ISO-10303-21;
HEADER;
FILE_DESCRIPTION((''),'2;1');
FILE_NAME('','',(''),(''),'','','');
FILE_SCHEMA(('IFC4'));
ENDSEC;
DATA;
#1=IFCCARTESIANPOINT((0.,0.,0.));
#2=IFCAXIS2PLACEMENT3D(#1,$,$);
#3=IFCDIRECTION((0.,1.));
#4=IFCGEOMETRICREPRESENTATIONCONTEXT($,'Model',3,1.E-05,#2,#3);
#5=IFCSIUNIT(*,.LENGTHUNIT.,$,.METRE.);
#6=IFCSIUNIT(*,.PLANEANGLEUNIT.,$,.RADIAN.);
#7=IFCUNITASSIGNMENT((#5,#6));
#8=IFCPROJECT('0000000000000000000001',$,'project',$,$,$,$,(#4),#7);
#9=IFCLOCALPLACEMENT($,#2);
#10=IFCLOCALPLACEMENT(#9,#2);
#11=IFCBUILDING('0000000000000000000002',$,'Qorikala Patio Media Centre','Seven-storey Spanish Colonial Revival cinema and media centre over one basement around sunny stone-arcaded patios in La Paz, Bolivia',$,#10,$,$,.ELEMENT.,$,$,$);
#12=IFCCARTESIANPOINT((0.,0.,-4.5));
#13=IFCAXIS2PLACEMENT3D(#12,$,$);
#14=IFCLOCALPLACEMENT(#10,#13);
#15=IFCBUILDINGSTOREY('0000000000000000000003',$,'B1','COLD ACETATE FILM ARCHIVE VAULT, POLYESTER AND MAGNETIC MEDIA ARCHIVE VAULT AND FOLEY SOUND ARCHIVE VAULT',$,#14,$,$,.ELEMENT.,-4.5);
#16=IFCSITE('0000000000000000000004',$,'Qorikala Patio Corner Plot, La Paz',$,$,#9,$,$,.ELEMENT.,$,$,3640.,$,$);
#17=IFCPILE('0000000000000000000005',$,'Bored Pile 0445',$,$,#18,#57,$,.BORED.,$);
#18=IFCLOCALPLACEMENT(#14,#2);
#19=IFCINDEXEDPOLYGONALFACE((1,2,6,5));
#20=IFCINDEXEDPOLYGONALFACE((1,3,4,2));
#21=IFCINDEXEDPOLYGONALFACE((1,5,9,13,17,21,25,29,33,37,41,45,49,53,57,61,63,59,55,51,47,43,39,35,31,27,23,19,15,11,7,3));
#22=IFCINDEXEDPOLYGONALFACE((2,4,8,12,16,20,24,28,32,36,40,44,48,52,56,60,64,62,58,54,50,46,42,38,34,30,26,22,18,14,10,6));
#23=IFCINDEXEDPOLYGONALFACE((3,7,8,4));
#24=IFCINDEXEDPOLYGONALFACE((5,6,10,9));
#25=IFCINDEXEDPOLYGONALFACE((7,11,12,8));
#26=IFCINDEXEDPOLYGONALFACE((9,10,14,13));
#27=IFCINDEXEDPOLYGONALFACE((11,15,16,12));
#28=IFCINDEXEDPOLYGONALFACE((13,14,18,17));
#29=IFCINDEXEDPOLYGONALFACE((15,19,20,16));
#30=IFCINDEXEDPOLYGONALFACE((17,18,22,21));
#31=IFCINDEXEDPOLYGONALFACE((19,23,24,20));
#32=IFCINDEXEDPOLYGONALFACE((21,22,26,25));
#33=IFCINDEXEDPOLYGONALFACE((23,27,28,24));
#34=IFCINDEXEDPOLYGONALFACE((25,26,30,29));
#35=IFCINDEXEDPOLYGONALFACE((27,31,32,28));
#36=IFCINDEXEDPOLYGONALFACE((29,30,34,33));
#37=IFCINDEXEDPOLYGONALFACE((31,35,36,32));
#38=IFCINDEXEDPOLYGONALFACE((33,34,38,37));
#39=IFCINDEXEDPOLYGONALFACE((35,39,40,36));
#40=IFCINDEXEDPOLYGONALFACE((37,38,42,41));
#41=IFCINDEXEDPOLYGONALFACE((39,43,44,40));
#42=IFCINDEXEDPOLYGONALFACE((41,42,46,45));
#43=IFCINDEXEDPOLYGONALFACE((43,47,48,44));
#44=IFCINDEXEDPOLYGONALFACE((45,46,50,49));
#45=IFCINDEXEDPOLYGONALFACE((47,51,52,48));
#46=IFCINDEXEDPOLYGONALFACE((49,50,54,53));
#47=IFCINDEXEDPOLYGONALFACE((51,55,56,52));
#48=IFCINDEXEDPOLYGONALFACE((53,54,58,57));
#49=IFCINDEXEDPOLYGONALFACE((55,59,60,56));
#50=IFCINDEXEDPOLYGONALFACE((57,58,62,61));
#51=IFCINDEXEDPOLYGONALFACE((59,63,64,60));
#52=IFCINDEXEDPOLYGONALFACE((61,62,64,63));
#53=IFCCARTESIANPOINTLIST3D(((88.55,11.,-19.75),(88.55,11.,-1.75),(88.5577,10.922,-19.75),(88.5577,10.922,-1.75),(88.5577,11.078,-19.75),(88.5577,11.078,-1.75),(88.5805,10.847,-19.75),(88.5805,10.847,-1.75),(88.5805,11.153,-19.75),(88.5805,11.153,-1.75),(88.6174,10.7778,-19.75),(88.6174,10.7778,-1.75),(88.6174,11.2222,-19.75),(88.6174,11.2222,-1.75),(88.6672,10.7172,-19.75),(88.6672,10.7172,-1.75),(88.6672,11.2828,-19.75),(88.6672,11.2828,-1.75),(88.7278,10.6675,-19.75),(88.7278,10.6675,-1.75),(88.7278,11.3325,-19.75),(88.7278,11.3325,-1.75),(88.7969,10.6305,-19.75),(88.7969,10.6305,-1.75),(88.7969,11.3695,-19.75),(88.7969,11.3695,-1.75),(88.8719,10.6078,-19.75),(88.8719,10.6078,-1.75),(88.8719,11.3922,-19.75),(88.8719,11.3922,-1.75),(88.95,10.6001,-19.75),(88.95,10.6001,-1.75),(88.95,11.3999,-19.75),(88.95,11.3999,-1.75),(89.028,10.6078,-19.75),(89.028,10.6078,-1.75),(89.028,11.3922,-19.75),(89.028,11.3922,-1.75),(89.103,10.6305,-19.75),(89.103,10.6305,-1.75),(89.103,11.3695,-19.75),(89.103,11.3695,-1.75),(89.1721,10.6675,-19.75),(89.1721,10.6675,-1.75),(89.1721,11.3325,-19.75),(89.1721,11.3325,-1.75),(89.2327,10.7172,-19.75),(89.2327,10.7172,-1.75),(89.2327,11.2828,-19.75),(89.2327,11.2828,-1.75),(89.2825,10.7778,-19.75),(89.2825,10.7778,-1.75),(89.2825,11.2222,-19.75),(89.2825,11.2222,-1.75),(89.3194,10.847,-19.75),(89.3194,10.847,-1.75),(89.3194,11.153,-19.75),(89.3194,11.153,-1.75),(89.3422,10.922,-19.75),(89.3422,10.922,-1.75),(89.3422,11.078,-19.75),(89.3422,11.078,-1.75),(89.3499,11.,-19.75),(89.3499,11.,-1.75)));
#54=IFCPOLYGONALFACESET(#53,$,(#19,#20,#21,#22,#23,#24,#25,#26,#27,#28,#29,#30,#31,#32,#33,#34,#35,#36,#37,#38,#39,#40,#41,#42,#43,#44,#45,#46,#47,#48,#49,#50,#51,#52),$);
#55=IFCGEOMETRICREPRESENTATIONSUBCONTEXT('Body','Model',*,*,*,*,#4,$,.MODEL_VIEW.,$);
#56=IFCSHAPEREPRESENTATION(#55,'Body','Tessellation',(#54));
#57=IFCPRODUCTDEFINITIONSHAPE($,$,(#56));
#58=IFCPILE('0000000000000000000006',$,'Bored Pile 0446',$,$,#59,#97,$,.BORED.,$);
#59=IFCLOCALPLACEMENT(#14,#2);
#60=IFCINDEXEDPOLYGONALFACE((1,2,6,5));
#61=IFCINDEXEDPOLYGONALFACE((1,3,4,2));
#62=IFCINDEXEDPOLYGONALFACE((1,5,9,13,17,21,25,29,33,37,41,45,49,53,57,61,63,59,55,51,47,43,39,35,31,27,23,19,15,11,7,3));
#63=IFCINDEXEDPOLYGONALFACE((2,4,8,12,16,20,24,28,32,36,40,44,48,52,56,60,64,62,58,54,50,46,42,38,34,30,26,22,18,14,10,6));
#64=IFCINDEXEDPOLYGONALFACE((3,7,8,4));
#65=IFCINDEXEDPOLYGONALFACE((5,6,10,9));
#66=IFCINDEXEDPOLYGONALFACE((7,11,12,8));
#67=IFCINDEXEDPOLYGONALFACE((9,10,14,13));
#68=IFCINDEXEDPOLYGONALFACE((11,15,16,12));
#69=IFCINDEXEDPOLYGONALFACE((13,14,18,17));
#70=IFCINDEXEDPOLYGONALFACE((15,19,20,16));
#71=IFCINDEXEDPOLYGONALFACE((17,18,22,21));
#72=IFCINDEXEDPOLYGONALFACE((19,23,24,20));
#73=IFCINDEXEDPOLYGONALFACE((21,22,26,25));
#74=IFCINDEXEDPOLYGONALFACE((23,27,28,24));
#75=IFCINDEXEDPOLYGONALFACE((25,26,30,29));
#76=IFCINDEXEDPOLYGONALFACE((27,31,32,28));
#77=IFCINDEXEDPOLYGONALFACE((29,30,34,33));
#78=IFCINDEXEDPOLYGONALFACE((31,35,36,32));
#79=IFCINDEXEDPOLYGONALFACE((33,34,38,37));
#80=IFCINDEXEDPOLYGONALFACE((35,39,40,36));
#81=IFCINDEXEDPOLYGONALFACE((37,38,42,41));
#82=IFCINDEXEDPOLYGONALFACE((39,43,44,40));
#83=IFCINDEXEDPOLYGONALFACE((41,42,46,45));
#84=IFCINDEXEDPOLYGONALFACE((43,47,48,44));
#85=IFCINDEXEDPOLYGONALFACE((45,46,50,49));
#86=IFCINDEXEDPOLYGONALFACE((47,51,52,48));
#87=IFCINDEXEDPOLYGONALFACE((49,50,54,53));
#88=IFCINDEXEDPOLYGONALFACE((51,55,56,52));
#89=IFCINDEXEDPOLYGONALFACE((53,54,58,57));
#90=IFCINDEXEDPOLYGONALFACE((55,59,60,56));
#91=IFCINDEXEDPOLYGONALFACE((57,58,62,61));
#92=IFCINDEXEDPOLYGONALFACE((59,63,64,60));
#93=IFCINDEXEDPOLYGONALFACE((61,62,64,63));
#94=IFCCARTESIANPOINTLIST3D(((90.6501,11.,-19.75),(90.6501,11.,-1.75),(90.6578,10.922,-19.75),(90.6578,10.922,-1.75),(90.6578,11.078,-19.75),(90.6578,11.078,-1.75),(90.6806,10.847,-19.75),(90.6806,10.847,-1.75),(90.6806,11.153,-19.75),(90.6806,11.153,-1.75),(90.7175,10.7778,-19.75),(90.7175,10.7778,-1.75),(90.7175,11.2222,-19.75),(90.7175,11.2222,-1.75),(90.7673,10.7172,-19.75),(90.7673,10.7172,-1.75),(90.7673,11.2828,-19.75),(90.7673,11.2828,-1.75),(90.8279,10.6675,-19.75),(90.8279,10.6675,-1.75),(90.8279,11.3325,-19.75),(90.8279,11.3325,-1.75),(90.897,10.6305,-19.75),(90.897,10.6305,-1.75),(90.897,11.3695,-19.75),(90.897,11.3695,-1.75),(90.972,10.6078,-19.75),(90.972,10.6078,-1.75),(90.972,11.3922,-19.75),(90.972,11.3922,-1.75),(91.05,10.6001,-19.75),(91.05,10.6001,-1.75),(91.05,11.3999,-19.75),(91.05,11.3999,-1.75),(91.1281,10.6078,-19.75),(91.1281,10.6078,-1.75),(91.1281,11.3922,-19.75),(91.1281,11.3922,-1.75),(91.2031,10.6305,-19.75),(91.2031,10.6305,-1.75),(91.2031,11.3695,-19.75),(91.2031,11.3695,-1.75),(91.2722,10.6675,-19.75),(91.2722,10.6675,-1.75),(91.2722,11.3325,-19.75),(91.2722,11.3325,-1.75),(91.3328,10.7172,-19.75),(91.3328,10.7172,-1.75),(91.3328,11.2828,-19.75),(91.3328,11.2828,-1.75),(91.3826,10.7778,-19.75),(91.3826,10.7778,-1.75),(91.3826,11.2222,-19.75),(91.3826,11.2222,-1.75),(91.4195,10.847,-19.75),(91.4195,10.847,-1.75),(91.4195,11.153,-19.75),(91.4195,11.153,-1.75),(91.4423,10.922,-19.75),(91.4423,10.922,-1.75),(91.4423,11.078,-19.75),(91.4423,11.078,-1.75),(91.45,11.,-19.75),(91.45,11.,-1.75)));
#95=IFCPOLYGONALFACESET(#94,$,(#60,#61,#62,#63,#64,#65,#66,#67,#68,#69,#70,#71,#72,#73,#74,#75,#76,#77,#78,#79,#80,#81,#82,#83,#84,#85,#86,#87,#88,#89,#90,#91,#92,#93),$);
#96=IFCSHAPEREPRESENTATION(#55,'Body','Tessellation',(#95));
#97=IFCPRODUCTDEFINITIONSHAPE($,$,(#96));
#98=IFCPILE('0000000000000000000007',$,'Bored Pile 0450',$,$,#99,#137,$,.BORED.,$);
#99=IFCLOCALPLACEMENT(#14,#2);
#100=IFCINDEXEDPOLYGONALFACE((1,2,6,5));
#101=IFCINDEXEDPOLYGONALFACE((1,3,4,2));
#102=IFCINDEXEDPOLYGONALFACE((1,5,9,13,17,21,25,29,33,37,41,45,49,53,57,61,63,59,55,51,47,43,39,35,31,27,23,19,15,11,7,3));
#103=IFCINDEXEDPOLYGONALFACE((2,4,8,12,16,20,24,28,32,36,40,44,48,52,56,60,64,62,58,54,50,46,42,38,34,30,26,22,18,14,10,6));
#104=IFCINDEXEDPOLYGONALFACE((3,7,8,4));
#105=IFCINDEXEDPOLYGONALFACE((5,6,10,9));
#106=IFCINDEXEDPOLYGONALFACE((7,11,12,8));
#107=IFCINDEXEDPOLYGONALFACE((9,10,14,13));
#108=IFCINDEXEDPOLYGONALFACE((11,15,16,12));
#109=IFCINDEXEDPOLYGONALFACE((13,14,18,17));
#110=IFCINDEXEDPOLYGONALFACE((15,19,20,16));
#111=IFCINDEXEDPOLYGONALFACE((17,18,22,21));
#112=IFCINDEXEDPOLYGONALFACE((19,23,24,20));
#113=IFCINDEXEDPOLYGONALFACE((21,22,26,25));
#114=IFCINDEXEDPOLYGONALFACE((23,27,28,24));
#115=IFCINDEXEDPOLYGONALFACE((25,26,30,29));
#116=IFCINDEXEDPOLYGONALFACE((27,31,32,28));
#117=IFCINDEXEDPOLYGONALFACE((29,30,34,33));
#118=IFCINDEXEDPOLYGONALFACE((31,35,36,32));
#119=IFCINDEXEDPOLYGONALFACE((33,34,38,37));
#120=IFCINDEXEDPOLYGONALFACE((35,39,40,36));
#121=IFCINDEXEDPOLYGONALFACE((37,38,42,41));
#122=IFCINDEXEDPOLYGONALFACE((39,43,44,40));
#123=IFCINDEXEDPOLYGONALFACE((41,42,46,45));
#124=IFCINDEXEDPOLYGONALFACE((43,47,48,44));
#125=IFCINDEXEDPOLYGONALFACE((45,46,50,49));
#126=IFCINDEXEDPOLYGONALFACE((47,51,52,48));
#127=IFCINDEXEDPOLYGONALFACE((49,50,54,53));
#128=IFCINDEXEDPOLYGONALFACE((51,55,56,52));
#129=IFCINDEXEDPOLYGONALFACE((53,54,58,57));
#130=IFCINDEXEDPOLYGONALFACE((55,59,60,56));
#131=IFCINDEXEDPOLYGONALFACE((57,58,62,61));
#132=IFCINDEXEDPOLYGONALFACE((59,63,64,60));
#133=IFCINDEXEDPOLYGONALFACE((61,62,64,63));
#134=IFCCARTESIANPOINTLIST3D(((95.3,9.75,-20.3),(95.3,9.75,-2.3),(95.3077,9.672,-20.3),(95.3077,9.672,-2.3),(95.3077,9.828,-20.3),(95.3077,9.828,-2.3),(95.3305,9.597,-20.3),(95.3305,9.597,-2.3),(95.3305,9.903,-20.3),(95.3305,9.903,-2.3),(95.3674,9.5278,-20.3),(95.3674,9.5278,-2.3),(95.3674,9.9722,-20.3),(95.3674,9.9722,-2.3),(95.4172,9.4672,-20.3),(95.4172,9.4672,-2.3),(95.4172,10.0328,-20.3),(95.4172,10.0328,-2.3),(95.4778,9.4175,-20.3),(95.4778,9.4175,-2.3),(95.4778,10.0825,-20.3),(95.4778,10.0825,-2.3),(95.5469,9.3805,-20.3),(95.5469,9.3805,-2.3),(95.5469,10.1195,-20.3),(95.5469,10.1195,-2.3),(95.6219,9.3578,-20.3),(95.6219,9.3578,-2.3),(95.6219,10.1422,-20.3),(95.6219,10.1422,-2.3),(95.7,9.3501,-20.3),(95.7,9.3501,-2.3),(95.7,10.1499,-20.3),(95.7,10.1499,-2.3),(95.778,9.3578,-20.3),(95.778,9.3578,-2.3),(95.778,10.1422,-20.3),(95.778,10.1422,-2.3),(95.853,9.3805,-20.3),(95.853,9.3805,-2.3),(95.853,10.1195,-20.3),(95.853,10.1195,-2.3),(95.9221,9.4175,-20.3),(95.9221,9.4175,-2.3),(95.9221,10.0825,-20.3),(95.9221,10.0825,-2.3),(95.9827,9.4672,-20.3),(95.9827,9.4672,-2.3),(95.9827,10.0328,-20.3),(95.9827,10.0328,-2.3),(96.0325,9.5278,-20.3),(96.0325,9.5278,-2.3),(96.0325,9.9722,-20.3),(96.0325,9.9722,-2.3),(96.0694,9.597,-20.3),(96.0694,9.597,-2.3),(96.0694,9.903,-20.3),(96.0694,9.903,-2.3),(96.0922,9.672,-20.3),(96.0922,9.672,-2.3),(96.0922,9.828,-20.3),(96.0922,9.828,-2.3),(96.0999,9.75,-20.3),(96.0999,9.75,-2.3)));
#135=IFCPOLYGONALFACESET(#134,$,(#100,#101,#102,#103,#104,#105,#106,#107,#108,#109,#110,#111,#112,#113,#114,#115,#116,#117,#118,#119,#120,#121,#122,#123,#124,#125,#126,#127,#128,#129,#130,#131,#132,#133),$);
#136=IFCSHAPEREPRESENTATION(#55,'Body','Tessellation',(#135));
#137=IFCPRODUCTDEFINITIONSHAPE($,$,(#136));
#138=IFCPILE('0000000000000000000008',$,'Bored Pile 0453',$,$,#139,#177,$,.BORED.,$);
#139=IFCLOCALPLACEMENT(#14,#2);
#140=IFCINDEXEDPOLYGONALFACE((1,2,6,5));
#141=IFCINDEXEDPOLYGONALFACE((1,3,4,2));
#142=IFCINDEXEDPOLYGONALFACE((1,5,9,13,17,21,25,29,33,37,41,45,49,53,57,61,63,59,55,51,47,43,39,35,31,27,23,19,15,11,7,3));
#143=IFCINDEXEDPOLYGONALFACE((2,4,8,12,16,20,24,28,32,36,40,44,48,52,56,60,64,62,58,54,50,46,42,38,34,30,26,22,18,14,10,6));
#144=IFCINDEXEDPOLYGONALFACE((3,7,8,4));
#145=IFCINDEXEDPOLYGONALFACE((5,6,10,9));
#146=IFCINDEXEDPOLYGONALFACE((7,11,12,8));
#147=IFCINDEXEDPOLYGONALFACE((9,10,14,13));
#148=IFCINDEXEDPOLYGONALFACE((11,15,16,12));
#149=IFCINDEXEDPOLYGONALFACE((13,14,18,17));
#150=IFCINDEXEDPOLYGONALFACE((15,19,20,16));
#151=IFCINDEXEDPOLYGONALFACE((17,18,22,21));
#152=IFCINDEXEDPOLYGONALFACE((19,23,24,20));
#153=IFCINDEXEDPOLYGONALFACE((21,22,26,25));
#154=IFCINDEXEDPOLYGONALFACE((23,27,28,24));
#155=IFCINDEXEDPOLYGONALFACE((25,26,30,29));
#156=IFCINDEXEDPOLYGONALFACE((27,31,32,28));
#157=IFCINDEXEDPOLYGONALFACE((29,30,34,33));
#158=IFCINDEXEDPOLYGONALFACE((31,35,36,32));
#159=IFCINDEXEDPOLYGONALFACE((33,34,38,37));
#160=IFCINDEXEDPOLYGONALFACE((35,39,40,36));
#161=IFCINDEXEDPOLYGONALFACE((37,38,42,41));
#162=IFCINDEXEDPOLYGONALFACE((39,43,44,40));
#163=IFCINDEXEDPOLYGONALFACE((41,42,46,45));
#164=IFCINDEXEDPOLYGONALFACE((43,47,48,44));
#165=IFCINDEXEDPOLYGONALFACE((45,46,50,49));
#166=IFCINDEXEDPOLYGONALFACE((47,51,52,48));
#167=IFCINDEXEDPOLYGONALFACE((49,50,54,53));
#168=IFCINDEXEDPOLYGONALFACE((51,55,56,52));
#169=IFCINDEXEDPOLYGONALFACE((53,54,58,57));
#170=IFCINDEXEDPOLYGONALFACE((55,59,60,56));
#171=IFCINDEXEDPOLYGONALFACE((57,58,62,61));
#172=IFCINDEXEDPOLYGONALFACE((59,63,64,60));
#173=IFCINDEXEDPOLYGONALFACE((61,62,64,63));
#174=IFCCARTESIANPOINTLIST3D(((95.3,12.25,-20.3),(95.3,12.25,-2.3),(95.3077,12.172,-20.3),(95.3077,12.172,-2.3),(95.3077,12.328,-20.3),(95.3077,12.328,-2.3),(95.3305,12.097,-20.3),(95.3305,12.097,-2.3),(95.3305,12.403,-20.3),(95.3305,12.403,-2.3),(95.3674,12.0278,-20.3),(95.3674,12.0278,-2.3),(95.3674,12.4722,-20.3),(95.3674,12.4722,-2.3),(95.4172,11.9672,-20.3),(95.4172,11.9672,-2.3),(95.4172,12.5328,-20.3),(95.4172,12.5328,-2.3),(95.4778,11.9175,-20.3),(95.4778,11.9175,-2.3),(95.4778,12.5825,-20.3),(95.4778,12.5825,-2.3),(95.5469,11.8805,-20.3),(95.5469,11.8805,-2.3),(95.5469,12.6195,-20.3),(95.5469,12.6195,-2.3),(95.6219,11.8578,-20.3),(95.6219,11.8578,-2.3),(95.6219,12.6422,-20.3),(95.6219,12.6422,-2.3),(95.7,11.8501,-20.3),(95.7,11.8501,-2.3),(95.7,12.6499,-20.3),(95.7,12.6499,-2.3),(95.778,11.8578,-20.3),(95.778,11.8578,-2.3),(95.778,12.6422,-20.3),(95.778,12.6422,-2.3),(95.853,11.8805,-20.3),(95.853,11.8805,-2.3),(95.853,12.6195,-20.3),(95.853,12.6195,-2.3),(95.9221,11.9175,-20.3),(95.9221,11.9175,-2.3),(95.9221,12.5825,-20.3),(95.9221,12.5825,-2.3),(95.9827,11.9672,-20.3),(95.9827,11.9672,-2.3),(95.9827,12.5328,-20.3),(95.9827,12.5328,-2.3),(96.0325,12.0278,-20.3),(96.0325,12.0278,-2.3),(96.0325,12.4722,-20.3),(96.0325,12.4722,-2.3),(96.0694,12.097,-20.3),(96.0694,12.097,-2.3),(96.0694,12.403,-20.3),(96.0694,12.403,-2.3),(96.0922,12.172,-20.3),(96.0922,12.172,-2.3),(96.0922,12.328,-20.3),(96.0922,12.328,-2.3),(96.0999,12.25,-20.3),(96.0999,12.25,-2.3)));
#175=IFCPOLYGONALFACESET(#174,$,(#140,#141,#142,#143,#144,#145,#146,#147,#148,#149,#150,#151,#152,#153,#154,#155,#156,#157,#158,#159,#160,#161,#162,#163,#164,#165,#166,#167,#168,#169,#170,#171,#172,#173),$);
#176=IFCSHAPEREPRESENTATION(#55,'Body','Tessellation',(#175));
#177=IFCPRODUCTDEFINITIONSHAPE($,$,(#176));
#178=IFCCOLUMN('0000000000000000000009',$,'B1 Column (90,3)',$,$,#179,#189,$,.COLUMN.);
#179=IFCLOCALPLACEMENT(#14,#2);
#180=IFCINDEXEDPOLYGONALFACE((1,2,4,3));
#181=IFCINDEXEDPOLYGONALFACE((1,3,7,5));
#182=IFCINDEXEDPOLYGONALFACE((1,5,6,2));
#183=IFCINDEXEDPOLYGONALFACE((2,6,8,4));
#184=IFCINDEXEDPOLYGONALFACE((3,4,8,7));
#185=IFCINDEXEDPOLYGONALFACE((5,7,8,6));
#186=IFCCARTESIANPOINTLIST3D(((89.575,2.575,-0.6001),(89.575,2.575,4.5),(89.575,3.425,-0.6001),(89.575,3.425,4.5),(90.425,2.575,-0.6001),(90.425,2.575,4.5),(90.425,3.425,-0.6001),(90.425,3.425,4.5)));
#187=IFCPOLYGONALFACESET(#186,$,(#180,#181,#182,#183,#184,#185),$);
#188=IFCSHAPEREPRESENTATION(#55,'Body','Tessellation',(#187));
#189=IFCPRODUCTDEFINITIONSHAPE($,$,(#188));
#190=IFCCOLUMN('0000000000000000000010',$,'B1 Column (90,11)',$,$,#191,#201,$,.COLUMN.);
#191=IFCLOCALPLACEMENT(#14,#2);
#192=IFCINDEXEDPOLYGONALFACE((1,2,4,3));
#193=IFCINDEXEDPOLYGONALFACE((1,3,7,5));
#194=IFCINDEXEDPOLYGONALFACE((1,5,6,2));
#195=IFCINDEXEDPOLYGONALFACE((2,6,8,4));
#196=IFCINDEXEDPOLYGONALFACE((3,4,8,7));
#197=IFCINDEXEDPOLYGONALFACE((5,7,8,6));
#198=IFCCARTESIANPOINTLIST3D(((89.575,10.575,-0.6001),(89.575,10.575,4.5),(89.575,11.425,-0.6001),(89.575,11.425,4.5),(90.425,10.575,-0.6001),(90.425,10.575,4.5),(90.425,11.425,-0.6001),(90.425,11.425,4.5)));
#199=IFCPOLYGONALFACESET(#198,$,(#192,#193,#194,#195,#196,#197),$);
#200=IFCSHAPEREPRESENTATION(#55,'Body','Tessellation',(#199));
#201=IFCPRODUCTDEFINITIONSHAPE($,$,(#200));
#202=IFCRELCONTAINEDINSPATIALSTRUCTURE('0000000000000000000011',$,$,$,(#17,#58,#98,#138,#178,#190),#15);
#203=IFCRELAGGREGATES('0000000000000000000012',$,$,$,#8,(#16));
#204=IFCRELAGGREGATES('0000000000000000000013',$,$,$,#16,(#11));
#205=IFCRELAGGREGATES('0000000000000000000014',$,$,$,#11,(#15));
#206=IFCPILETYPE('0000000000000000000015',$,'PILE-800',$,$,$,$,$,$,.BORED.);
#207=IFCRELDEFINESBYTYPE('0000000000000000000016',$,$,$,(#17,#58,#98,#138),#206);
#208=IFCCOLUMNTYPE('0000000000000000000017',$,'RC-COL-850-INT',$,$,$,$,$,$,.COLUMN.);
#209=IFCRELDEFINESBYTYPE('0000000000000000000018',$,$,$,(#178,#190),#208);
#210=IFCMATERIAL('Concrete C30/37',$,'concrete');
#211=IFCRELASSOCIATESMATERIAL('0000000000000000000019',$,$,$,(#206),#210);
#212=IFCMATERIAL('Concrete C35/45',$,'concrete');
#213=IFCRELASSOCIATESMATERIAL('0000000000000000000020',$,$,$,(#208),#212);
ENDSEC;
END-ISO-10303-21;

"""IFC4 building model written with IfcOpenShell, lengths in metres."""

from ifc_helpers import new_model, si_unit, direction, frame, origin, origin_2d, place, context, subcontext, project, spatial, rectangle, circle, extrude, material, material_profile, profile_set, type_object, element, save


model = new_model("IFC4")

# Units and contexts
model_context = context("Model", 3, precision=1e-05, world=origin(), true_north=direction((0.0, 1.0)))
body_context = subcontext(model_context, "Body", "Model", "MODEL_VIEW")
ifc_project = project(units=[si_unit("LENGTHUNIT", "METRE"), si_unit("PLANEANGLEUNIT", "RADIAN")], contexts=[model_context])

# Site, building, storey
site_placement = place(None, origin())
site = spatial("IfcSite", under=ifc_project, at=site_placement, Name="Qorikala Patio Corner Plot, La Paz", CompositionType="ELEMENT", RefElevation=3640.0)
building_placement = place(site_placement, origin())
building = spatial("IfcBuilding", under=site, at=building_placement, Name="Qorikala Patio Media Centre", Description="Seven-storey Spanish Colonial Revival cinema and media centre over one basement around sunny stone-arcaded patios in La Paz, Bolivia", CompositionType="ELEMENT")
storey_placement = place(building_placement, frame((0.0, 0.0, -4.5)))
storey = spatial("IfcBuildingStorey", under=building, at=storey_placement, Name="B1", Description="COLD ACETATE FILM ARCHIVE VAULT, POLYESTER AND MAGNETIC MEDIA ARCHIVE VAULT AND FOLEY SOUND ARCHIVE VAULT", CompositionType="ELEMENT", Elevation=-4.5)

# Shared definitions
ifc_material_1 = material(Name="Concrete C30/37", Category="concrete")

# Piles
ifc_material_profile_1 = material_profile(ifc_material_1, circle(Radius=0.3999, at=origin_2d()), Name="BORED PILE 800")
ifc_profile_set_1 = profile_set([ifc_material_profile_1], Name="Concrete C30/37")
pile_type = type_object("IfcPileType", Name="PILE-800", PredefinedType="BORED", material=ifc_profile_set_1)
for number, where, z_axis, x_axis, name in (
    (1, (88.95, 11.0, -1.75), (0.0, 0.0, -1.0), (1.0, 0.0, 0.0), "Bored Pile 0445"),
    (2, (91.05, 11.0, -1.75), (0.0, 0.0, -1.0), (1.0, 0.0, 0.0), "Bored Pile 0446"),
    (3, (95.7, 9.75, -2.3), (0.0, 0.0, -1.0), (1.0, 0.0, 0.0), "Bored Pile 0450"),
    (4, (95.7, 12.25, -2.3), (0.0, 0.0, -1.0), (1.0, 0.0, 0.0), "Bored Pile 0453"),
):
    element("IfcPile", number, at=place(storey_placement, frame(where, z_axis=z_axis, x_axis=x_axis)), inside=storey, type_object=pile_type, Name=name, PredefinedType="BORED", context=body_context, shape_type="SweptSolid", body=[
        extrude(circle(Radius=0.3999, at=origin_2d()), origin(), (0.0, 0.0, 1.0), 18.0),
    ])

# Columns
ifc_material_2 = material(Name="Concrete C35/45", Category="concrete")
ifc_material_profile_2 = material_profile(ifc_material_2, rectangle(XDim=0.8501, YDim=0.8501, at=origin_2d()), Name="RC 850x850")
ifc_profile_set_2 = profile_set([ifc_material_profile_2], Name="Concrete C35/45")
column_type = type_object("IfcColumnType", Name="RC-COL-850-INT", PredefinedType="COLUMN", material=ifc_profile_set_2)
for number, where, z_axis, x_axis, name in (
    (5, (90.0, 3.0, -0.6001), (0.0, 0.0, 1.0), (1.0, 0.0, 0.0), "B1 Column (90,3)"),
    (6, (90.0, 11.0, -0.6001), (0.0, 0.0, 1.0), (1.0, 0.0, 0.0), "B1 Column (90,11)"),
):
    element("IfcColumn", number, at=place(storey_placement, frame(where, z_axis=z_axis, x_axis=x_axis)), inside=storey, type_object=column_type, Name=name, PredefinedType="COLUMN", context=body_context, shape_type="SweptSolid", body=[
        extrude(rectangle(XDim=0.8501, YDim=0.8501, at=origin_2d()), origin(), (0.0, 0.0, 1.0), 5.1001),
    ])

save(model, "model.ifc")
